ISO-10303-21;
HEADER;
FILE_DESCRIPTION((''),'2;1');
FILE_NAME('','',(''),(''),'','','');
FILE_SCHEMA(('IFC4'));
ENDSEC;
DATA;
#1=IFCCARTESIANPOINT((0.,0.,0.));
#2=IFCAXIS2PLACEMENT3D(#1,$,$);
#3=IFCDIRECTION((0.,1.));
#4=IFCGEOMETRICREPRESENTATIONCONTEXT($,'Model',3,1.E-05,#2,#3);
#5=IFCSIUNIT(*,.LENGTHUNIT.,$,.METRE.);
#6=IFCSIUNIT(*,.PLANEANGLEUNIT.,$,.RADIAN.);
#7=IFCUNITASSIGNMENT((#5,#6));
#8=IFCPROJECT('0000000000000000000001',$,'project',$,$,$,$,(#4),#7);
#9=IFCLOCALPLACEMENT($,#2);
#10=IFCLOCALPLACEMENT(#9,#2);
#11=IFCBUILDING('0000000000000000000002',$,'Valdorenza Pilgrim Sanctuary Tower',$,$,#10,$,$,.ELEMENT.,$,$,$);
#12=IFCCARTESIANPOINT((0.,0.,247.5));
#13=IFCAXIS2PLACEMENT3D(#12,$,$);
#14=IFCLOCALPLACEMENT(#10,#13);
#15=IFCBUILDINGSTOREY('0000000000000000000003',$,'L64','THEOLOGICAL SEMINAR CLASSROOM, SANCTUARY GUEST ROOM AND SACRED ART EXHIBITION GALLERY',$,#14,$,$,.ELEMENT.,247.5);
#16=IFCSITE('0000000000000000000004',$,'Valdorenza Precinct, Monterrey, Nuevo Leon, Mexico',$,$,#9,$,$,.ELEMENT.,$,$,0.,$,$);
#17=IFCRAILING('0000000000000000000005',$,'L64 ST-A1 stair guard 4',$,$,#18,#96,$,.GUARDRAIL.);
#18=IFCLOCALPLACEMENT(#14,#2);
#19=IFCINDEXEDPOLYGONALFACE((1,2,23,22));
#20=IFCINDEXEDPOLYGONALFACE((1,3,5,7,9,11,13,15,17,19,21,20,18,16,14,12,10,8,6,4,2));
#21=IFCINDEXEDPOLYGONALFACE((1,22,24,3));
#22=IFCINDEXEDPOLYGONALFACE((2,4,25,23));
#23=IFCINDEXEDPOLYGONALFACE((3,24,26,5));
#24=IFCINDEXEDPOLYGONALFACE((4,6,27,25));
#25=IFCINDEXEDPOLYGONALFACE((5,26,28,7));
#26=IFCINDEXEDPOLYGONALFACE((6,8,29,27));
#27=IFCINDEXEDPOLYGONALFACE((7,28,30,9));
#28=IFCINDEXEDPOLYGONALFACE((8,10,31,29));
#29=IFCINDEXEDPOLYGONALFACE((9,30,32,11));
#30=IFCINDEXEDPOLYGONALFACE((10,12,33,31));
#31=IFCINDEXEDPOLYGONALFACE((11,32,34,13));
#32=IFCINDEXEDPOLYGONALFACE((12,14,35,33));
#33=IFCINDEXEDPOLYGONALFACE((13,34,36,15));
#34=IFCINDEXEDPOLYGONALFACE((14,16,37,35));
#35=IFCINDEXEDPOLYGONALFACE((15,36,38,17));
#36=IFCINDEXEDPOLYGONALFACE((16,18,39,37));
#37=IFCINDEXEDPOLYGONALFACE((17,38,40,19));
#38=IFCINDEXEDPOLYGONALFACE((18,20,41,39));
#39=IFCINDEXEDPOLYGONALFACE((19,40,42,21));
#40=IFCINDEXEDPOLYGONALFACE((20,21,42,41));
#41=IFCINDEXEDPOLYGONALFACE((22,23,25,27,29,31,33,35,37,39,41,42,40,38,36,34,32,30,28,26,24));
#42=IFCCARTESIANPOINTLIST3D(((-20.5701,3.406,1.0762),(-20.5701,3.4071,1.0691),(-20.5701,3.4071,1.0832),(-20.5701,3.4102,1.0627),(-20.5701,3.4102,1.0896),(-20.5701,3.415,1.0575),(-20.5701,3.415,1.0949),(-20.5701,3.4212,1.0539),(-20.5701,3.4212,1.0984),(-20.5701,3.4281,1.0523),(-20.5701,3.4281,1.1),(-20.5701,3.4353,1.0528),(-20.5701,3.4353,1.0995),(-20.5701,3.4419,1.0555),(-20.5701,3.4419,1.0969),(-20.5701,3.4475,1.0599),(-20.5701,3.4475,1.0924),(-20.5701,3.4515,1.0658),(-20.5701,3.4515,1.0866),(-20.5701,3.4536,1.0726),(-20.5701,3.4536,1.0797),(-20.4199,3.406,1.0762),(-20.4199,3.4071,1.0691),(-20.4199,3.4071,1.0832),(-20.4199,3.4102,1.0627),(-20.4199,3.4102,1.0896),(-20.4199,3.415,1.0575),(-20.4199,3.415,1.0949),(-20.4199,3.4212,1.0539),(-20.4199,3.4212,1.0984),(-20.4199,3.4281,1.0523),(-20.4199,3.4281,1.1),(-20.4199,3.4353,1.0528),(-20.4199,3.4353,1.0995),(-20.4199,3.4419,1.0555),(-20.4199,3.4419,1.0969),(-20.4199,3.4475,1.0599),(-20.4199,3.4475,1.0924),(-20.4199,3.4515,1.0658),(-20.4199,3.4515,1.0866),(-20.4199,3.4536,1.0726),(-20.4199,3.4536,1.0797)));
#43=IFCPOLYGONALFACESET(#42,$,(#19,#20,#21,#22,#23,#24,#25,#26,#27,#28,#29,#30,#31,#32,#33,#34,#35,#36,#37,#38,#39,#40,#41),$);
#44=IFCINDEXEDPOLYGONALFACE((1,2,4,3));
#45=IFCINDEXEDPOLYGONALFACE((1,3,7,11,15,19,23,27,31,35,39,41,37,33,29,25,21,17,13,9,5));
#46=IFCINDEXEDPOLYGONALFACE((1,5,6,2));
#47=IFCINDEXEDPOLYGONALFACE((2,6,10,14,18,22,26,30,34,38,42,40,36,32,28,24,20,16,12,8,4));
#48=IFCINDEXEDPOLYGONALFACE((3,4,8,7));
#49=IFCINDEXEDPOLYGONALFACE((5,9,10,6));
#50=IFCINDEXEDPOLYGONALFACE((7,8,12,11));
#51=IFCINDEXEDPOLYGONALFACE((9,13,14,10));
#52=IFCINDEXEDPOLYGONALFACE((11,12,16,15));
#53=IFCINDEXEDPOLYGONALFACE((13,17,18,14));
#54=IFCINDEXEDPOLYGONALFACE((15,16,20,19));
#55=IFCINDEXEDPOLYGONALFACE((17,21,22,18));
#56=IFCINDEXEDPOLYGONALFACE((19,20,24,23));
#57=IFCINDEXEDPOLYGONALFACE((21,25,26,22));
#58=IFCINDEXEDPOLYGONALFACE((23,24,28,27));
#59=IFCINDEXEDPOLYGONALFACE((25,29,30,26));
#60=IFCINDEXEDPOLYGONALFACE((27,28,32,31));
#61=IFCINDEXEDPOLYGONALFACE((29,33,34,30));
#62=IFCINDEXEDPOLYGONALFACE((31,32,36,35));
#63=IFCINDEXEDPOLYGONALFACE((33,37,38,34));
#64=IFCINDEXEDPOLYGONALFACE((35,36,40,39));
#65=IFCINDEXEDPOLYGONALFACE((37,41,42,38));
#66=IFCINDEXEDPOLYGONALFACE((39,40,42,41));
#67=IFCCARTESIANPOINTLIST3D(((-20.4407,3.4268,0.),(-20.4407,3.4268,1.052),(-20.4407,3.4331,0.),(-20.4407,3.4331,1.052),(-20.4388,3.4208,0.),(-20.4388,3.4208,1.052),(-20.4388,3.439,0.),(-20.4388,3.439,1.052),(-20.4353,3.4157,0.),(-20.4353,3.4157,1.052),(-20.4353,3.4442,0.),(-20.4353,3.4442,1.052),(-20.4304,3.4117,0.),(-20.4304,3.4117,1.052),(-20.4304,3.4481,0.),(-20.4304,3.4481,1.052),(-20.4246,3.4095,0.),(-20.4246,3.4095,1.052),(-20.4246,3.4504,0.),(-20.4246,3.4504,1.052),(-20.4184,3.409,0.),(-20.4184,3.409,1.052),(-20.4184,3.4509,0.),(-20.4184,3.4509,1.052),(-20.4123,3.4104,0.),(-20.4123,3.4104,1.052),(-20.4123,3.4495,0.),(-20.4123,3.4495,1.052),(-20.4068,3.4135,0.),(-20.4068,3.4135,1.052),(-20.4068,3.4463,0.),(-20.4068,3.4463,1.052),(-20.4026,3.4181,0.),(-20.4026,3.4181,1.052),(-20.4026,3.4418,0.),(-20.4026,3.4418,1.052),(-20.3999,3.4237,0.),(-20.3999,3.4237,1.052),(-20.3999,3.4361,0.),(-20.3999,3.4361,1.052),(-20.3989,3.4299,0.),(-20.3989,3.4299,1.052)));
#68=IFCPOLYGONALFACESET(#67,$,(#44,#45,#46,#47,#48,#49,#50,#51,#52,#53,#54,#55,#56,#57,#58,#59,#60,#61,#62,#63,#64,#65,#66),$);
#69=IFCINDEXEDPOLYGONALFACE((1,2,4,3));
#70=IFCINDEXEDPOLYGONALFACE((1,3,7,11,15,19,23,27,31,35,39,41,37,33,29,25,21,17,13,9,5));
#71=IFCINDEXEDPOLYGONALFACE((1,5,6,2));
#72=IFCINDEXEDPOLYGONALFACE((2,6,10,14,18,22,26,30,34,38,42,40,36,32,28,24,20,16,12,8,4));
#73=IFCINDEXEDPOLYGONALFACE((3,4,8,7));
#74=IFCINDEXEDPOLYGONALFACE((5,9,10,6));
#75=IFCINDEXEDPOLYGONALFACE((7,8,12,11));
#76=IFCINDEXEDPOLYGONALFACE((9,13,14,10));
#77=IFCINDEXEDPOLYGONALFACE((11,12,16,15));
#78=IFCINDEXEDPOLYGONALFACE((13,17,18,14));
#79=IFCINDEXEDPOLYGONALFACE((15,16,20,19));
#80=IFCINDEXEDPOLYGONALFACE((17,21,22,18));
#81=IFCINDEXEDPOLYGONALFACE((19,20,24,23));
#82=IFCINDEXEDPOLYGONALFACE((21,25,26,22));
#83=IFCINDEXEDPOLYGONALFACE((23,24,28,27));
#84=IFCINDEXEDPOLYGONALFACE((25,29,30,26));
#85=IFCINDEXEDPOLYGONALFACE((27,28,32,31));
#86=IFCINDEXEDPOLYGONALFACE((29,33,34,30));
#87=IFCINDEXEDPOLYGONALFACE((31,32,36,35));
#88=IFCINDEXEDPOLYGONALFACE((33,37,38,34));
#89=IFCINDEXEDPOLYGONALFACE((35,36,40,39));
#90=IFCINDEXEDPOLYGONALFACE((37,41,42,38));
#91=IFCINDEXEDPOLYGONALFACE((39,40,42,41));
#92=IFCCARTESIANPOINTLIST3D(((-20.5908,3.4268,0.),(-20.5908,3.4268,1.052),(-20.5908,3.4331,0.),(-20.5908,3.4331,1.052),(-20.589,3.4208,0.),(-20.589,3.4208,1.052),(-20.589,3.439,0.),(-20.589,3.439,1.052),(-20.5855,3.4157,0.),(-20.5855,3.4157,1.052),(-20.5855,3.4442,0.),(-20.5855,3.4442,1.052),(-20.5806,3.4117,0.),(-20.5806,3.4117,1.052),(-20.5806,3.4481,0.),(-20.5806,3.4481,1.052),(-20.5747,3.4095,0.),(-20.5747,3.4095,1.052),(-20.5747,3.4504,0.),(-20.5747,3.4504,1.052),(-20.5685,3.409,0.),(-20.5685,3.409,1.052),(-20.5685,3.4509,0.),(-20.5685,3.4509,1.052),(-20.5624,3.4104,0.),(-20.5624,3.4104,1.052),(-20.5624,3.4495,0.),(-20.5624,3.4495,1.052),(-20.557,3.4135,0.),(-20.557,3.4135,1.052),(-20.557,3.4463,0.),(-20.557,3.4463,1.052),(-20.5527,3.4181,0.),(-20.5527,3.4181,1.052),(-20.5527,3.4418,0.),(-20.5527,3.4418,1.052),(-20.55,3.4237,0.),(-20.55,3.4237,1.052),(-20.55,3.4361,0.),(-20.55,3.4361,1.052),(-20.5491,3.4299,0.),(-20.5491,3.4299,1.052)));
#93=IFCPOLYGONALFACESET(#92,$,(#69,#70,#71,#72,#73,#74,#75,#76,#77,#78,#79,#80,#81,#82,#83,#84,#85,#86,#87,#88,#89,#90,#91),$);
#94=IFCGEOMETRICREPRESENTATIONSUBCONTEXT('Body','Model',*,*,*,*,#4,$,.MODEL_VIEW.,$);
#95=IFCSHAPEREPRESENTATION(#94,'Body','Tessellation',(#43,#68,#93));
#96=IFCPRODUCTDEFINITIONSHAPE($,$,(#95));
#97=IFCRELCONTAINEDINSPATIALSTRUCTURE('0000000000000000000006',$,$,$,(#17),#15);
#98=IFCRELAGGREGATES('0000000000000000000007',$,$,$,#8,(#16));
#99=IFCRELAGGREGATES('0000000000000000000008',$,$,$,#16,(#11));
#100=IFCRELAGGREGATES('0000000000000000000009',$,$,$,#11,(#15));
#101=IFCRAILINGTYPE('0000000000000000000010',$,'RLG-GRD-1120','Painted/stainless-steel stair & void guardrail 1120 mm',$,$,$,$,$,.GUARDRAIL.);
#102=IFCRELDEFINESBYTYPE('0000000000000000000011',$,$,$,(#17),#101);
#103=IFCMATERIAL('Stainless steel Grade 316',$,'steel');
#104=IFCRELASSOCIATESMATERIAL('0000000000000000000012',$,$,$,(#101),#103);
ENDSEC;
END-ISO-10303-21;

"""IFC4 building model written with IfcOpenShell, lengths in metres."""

from ifc_helpers import new_model, si_unit, direction, frame, origin, origin_2d, place, context, subcontext, project, spatial, circle, extrude, material, type_object, element, save


model = new_model("IFC4")

# Units and contexts
model_context = context("Model", 3, precision=1e-05, world=origin(), true_north=direction((0.0, 1.0)))
body_context = subcontext(model_context, "Body", "Model", "MODEL_VIEW")
ifc_project = project(units=[si_unit("LENGTHUNIT", "METRE"), si_unit("PLANEANGLEUNIT", "RADIAN")], contexts=[model_context])

# Site, building, storey
site_placement = place(None, origin())
site = spatial("IfcSite", under=ifc_project, at=site_placement, Name="Valdorenza Precinct, Monterrey, Nuevo Leon, Mexico", CompositionType="ELEMENT", RefElevation=0.0)
building_placement = place(site_placement, origin())
building = spatial("IfcBuilding", under=site, at=building_placement, Name="Valdorenza Pilgrim Sanctuary Tower", CompositionType="ELEMENT")
storey_placement = place(building_placement, frame((0.0, 0.0, 247.5)))
storey = spatial("IfcBuildingStorey", under=building, at=storey_placement, Name="L64", Description="THEOLOGICAL SEMINAR CLASSROOM, SANCTUARY GUEST ROOM AND SACRED ART EXHIBITION GALLERY", CompositionType="ELEMENT", Elevation=247.5)

# Railing
ifc_material_1 = material(Name="Stainless steel Grade 316", Category="steel")
railing_type_1 = type_object("IfcRailingType", Name="RLG-GRD-1120", Description="Painted/stainless-steel stair & void guardrail 1120 mm", PredefinedType="GUARDRAIL", material=ifc_material_1)
railing_1_placement = place(storey_placement, frame((-20.4199, 3.4299, 0.0)))
element("IfcRailing", 1, at=railing_1_placement, inside=storey, type_object=railing_type_1, Name="L64 ST-A1 stair guard 4", PredefinedType="GUARDRAIL", context=body_context, shape_type="SweptSolid", body=[
    extrude(circle(Radius=0.0239, at=origin_2d()), frame((0.0, 0.0, 1.0762), z_axis=(-1.0, 0.0, 0.0), x_axis=(0.0, -1.0, 0.0)), (0.0, 0.0, 1.0), 0.1501),
    extrude(circle(Radius=0.021, at=origin_2d()), origin(), (0.0, 0.0, 1.0), 1.052),
    extrude(circle(Radius=0.021, at=origin_2d()), frame((-0.1501, 0.0, 0.0)), (0.0, 0.0, 1.0), 1.052),
])

save(model, "model.ifc")
